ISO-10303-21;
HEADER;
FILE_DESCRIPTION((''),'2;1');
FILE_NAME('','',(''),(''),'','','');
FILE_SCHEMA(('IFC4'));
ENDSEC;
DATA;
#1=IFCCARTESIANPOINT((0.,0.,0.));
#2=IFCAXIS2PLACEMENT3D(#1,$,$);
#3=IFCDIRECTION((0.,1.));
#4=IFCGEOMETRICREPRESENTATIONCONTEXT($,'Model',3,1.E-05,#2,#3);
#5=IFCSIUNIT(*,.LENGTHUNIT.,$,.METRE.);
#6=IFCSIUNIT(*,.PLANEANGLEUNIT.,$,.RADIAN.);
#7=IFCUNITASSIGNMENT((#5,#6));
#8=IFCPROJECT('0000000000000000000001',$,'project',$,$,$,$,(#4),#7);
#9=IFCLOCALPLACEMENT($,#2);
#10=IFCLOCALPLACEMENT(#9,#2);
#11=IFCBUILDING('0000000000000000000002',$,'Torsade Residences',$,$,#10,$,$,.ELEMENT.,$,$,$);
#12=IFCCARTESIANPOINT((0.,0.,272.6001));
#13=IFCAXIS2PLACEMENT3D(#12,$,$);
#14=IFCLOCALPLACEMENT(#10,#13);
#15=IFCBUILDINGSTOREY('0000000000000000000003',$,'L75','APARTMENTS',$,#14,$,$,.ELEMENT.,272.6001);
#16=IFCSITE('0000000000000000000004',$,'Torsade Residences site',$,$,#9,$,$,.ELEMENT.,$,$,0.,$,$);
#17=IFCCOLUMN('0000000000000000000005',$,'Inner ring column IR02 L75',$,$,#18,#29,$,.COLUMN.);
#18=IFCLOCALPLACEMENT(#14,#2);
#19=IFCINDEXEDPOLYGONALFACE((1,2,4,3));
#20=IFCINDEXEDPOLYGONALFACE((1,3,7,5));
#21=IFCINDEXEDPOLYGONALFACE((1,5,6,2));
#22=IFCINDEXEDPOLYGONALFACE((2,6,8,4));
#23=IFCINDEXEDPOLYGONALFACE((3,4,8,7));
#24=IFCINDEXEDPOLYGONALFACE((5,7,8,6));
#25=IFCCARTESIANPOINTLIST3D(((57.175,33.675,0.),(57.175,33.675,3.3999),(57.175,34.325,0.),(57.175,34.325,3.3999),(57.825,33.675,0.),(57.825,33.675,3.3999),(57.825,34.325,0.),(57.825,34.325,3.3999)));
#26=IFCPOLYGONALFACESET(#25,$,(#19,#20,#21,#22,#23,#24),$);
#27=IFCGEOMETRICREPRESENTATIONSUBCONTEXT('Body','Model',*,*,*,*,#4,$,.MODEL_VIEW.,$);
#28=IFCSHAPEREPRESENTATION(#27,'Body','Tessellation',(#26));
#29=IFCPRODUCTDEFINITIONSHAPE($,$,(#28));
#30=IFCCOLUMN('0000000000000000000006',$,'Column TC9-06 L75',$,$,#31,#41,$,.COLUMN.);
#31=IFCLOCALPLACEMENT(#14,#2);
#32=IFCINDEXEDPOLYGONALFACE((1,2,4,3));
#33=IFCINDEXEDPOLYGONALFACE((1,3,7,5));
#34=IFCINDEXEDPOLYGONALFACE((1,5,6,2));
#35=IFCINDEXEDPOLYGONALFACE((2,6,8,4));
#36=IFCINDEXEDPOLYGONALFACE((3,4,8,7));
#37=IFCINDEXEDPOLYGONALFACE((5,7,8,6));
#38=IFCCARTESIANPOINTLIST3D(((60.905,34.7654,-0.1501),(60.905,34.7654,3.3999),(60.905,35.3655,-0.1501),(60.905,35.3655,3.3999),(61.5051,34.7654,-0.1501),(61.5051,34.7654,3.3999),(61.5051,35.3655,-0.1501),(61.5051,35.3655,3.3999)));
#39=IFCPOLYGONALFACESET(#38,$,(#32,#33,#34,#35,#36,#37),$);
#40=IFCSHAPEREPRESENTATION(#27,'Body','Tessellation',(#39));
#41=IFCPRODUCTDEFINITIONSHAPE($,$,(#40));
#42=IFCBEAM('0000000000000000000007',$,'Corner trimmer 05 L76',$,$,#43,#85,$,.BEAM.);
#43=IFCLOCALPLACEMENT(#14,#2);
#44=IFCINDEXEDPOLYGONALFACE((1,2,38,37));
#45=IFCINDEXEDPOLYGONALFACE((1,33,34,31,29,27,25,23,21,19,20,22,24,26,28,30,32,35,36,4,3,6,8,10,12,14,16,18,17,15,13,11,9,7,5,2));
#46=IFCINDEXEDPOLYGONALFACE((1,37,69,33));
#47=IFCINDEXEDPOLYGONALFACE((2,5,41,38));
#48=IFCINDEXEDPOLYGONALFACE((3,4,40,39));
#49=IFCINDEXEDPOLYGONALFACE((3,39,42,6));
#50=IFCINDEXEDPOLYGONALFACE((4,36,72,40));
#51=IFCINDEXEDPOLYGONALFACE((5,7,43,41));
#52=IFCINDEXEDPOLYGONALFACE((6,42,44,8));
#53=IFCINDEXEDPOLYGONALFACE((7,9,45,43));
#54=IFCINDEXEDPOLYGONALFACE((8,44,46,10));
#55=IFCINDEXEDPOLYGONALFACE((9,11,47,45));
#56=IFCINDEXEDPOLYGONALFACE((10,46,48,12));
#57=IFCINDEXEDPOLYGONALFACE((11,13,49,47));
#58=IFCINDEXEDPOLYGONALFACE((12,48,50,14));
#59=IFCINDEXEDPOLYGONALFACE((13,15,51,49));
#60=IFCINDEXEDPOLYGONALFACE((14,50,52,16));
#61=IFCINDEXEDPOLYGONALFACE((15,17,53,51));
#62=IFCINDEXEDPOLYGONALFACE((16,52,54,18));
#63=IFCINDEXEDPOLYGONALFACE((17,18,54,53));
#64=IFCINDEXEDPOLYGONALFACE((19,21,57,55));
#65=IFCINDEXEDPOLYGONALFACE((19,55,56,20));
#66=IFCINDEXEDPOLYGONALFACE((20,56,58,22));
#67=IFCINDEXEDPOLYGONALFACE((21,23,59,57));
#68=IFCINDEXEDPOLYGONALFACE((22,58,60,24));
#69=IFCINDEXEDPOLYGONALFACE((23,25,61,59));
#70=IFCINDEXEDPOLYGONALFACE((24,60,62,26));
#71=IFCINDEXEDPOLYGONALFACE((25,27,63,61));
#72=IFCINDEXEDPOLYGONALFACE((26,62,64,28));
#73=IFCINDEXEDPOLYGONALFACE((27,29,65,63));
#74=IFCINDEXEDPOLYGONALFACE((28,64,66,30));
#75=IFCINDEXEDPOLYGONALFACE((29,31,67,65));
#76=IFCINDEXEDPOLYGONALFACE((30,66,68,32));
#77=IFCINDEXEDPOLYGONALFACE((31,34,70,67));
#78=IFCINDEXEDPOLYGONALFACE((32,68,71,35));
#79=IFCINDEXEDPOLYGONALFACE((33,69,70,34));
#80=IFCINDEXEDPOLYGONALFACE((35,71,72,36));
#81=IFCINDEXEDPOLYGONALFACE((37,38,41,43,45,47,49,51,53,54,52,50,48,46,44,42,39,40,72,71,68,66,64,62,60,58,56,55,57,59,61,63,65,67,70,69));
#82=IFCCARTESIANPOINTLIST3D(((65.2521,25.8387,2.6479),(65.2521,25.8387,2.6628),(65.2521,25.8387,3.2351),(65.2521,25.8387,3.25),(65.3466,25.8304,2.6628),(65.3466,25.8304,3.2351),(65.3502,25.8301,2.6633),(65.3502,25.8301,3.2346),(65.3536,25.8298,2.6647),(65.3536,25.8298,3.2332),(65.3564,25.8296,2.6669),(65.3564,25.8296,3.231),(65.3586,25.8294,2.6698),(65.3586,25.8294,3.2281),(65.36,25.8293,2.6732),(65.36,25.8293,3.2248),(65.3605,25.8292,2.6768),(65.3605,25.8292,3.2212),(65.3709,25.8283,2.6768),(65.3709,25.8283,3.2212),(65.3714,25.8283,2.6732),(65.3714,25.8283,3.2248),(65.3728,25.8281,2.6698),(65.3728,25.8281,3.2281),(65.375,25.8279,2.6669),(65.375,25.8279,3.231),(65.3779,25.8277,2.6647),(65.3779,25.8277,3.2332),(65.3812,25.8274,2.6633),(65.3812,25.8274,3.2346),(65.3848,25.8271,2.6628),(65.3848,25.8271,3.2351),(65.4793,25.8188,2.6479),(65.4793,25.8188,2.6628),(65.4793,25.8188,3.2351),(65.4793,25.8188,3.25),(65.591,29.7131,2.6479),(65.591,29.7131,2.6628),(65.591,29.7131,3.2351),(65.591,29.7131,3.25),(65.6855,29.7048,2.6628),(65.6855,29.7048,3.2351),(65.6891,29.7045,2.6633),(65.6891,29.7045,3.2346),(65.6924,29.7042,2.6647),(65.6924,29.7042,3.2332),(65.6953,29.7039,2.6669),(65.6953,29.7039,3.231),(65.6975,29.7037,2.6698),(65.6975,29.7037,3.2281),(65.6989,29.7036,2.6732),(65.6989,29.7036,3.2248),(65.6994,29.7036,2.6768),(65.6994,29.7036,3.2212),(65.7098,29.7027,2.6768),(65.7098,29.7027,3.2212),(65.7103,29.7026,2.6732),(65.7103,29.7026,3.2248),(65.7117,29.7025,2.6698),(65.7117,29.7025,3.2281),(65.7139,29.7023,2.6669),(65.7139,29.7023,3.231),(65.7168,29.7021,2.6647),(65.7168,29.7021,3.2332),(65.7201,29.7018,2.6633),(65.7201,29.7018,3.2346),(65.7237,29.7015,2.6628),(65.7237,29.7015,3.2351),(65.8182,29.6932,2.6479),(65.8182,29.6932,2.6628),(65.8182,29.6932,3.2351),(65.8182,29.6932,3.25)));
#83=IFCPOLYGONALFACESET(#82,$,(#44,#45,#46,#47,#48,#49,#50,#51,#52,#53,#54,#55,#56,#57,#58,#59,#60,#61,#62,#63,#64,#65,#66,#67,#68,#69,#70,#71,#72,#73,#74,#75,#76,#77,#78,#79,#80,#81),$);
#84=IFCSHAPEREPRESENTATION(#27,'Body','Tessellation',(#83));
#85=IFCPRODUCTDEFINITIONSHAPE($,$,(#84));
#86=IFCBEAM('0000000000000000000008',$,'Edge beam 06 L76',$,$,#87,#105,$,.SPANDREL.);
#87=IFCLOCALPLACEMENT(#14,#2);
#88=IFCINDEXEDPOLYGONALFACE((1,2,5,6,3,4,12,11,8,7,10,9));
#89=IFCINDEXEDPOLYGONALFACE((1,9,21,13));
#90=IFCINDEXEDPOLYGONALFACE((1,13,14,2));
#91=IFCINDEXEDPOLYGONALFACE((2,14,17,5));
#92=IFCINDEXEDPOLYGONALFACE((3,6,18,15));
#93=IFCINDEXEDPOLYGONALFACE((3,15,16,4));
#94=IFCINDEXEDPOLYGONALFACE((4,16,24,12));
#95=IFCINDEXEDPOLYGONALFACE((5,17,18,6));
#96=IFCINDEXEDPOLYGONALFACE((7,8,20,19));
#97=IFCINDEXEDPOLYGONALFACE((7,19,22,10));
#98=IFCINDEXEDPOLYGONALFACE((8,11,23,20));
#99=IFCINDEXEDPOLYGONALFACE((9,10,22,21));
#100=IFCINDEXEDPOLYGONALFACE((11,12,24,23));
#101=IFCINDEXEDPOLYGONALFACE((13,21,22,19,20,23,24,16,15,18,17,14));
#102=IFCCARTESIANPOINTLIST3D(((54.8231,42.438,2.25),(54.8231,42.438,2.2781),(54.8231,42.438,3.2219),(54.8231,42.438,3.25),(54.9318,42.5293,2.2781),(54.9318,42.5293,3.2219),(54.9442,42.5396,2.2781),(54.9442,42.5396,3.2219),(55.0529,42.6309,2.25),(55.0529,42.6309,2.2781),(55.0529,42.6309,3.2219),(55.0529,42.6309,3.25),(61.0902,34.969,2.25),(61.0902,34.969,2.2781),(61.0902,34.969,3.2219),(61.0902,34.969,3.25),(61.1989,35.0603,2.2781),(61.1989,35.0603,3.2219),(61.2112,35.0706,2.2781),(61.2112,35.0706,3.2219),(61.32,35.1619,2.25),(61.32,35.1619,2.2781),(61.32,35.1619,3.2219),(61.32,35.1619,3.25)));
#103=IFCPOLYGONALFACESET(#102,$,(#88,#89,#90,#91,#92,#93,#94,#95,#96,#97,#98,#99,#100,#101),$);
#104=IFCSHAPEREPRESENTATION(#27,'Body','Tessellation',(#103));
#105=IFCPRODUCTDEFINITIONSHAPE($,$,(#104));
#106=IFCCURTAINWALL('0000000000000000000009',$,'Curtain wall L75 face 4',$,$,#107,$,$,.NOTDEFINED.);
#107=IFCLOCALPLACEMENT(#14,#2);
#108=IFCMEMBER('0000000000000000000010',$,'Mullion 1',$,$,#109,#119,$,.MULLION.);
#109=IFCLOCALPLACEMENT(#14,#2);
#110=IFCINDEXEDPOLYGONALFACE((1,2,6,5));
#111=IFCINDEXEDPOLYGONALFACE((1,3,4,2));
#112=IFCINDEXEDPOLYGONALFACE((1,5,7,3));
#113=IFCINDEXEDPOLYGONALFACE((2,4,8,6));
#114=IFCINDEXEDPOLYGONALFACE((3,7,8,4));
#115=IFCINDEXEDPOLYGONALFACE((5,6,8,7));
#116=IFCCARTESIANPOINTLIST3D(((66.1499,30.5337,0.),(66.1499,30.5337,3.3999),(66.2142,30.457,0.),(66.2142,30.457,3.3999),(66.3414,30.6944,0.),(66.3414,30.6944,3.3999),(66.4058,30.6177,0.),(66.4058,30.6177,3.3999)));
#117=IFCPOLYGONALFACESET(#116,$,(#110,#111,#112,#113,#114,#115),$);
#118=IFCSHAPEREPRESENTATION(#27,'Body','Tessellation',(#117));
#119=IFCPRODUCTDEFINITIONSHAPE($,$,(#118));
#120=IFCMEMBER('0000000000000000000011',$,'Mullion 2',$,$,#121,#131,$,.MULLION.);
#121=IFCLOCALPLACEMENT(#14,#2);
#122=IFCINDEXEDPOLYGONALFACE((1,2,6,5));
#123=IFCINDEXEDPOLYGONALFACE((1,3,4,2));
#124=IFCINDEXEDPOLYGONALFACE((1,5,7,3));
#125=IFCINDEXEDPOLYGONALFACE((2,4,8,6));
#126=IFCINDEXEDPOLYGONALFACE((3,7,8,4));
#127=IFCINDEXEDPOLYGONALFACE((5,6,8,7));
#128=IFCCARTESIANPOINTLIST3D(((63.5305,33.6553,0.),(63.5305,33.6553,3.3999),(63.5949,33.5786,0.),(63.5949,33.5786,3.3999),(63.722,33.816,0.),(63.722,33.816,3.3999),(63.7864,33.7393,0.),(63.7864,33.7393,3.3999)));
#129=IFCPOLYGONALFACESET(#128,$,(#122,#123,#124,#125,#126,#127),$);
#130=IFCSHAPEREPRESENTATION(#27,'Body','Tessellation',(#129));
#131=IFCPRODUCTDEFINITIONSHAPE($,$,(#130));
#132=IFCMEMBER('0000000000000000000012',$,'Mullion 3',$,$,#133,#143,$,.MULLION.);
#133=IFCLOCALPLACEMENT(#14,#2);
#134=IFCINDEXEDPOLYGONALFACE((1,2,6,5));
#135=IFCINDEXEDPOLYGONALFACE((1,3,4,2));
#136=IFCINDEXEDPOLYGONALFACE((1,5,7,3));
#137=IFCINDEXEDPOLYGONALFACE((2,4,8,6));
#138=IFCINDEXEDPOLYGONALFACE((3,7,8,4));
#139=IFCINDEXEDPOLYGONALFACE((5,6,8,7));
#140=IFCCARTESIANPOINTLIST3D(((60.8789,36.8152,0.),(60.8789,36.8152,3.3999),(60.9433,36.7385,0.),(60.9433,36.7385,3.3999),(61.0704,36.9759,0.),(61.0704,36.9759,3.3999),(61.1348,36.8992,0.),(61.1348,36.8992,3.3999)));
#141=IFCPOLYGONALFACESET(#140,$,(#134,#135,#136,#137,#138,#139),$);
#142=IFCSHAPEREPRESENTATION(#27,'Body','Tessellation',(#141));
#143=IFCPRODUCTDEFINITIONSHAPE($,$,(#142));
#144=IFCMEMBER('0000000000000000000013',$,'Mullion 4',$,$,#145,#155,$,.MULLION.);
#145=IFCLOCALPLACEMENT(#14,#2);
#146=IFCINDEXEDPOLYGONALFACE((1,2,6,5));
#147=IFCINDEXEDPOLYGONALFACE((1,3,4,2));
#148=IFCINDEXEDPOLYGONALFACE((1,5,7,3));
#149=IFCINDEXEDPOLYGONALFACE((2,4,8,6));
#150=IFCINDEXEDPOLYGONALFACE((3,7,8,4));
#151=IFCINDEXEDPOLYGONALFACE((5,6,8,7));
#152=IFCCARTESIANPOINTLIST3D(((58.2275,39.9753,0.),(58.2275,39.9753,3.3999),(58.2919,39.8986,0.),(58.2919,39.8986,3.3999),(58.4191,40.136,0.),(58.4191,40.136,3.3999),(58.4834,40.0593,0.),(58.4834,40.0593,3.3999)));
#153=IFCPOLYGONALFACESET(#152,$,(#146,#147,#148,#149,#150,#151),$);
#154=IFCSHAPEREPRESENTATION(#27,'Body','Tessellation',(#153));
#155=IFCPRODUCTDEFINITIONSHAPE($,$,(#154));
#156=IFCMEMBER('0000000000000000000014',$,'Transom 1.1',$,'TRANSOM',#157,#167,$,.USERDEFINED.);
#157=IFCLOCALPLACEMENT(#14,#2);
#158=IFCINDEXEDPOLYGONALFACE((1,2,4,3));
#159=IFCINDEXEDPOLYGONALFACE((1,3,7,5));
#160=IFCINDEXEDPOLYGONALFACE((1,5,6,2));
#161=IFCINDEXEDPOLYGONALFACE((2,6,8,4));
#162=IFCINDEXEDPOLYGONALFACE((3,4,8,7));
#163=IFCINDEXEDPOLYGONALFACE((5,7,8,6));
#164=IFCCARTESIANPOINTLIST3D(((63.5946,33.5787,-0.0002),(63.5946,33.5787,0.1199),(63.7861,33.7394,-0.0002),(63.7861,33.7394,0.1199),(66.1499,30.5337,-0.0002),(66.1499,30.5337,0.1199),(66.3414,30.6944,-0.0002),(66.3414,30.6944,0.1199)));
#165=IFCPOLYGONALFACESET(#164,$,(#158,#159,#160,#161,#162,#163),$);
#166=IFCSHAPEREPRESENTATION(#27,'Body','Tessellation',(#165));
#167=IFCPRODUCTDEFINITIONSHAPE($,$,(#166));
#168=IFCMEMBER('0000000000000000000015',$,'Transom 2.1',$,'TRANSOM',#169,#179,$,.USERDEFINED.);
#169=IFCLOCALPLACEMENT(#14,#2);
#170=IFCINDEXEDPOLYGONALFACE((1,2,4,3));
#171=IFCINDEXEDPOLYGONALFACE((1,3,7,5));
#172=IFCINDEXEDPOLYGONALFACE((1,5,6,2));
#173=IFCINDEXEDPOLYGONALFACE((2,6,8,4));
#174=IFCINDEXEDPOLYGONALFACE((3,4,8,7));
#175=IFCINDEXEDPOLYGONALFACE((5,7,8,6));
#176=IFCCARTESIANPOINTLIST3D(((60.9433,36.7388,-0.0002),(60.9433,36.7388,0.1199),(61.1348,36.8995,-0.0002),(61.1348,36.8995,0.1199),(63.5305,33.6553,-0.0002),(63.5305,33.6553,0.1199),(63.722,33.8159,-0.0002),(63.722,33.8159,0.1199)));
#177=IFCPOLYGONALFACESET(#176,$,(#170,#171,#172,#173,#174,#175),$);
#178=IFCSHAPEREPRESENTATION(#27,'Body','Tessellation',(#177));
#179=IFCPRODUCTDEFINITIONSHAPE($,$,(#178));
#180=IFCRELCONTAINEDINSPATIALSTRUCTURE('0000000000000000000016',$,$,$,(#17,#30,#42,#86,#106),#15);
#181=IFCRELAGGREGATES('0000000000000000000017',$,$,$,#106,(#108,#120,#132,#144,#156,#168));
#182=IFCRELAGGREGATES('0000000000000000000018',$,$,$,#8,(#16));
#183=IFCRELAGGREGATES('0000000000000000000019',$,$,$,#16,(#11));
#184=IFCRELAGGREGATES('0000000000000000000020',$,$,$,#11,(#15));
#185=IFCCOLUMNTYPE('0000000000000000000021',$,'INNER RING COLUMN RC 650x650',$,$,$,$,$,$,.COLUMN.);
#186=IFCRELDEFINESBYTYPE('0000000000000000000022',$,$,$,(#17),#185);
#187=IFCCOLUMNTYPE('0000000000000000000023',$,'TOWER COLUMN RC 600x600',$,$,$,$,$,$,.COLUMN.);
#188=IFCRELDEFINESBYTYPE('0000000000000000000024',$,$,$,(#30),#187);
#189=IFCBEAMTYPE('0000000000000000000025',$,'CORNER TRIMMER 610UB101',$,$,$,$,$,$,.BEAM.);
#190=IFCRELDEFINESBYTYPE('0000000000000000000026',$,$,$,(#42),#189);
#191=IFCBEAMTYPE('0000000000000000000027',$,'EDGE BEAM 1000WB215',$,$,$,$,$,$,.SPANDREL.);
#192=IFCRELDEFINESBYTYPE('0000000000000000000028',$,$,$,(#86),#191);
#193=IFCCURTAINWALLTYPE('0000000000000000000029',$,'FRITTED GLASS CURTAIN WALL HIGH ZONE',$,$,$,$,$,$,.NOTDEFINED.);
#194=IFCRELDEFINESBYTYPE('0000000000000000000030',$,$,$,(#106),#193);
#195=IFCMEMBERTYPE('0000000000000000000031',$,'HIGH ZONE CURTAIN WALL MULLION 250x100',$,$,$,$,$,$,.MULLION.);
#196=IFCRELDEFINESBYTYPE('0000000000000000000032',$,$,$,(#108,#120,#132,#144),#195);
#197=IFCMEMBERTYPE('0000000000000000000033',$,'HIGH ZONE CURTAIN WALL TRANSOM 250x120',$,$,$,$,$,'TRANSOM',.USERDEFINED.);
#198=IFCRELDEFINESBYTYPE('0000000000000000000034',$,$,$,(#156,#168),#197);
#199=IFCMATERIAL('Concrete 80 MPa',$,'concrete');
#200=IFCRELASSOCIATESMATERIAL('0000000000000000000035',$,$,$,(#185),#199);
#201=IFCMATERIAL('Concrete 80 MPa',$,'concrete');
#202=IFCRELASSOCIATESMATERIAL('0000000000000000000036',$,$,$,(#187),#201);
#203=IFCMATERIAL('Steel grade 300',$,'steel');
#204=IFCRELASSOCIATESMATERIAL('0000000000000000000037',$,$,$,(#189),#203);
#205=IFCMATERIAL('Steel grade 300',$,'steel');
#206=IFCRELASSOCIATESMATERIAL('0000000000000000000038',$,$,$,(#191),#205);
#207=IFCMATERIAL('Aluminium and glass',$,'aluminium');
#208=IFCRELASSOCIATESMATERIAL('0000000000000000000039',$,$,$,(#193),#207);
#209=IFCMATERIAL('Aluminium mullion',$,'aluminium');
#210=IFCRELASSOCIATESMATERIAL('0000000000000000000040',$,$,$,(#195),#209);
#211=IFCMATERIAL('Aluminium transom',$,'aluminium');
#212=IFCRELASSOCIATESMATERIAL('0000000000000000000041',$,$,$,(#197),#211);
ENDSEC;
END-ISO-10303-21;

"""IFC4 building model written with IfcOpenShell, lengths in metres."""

from ifc_helpers import new_model, si_unit, direction, frame, origin, origin_2d, place, context, subcontext, project, spatial, rectangle, i_section, extrude, material, material_profile, profile_set, type_object, element, aggregate, save


model = new_model("IFC4")

# Units and contexts
model_context = context("Model", 3, precision=1e-05, world=origin(), true_north=direction((0.0, 1.0)))
body_context = subcontext(model_context, "Body", "Model", "MODEL_VIEW")
ifc_project = project(units=[si_unit("LENGTHUNIT", "METRE"), si_unit("PLANEANGLEUNIT", "RADIAN")], contexts=[model_context])

# Site, building, storey
site_placement = place(None, origin())
site = spatial("IfcSite", under=ifc_project, at=site_placement, Name="Torsade Residences site", CompositionType="ELEMENT", RefElevation=0.0)
building_placement = place(site_placement, origin())
building = spatial("IfcBuilding", under=site, at=building_placement, Name="Torsade Residences", CompositionType="ELEMENT")
storey_placement = place(building_placement, frame((0.0, 0.0, 272.6001)))
storey = spatial("IfcBuildingStorey", under=building, at=storey_placement, Name="L75", Description="APARTMENTS", CompositionType="ELEMENT", Elevation=272.6001)

# Columns
ifc_material_1 = material(Name="Concrete 80 MPa", Category="concrete")
ifc_material_profile_1 = material_profile(ifc_material_1, rectangle(XDim=0.6499, YDim=0.6499, at=origin_2d()), Name="RC 650x650")
ifc_profile_set_1 = profile_set([ifc_material_profile_1], Name="Concrete 80 MPa")
column_type_1 = type_object("IfcColumnType", Name="INNER RING COLUMN RC 650x650", PredefinedType="COLUMN", material=ifc_profile_set_1)
column_1_placement = place(storey_placement, frame((57.5, 34.0, 0.0), z_axis=(0.0, 0.0, 1.0), x_axis=(1.0, 0.0, 0.0)))
element("IfcColumn", 1, at=column_1_placement, inside=storey, type_object=column_type_1, Name="Inner ring column IR02 L75", PredefinedType="COLUMN", context=body_context, shape_type="SweptSolid", body=[
    extrude(rectangle(XDim=0.6499, YDim=0.6499, at=origin_2d()), origin(), (0.0, 0.0, 1.0), 3.3999),
])
ifc_material_2 = material(Name="Concrete 80 MPa", Category="concrete")
ifc_material_profile_2 = material_profile(ifc_material_2, rectangle(XDim=0.6001, YDim=0.6001, at=origin_2d()), Name="RC 600x600")
ifc_profile_set_2 = profile_set([ifc_material_profile_2], Name="Concrete 80 MPa")
column_type_2 = type_object("IfcColumnType", Name="TOWER COLUMN RC 600x600", PredefinedType="COLUMN", material=ifc_profile_set_2)
column_2_placement = place(storey_placement, frame((61.2051, 35.0654, -0.1501), z_axis=(0.0, 0.0, 1.0), x_axis=(1.0, 0.0, 0.0)))
element("IfcColumn", 2, at=column_2_placement, inside=storey, type_object=column_type_2, Name="Column TC9-06 L75", PredefinedType="COLUMN", context=body_context, shape_type="SweptSolid", body=[
    extrude(rectangle(XDim=0.6001, YDim=0.6001, at=origin_2d()), origin(), (0.0, 0.0, 1.0), 3.55),
])

# Beams
ifc_material_3 = material(Name="Steel grade 300", Category="steel")
ifc_material_profile_3 = material_profile(ifc_material_3, i_section(OverallWidth=0.228, OverallDepth=0.6021, WebThickness=0.0105, FlangeThickness=0.0149, FilletRadius=0.0139, at=origin_2d()), Name="610UB101")
ifc_profile_set_3 = profile_set([ifc_material_profile_3], Name="Steel grade 300")
beam_type_1 = type_object("IfcBeamType", Name="CORNER TRIMMER 610UB101", PredefinedType="BEAM", material=ifc_profile_set_3)
beam_1_placement = place(storey_placement, frame((65.7046, 29.7031, 2.949), z_axis=(-0.087133, -0.996197, 0.0), x_axis=(0.996197, -0.087133, 0.0)))
element("IfcBeam", 3, at=beam_1_placement, inside=storey, type_object=beam_type_1, Name="Corner trimmer 05 L76", PredefinedType="BEAM", context=body_context, shape_type="SweptSolid", body=[
    extrude(i_section(OverallWidth=0.228, OverallDepth=0.6021, WebThickness=0.0105, FlangeThickness=0.0149, FilletRadius=0.0139, at=origin_2d()), origin(), (0.0, 0.0, 1.0), 3.8892),
])
ifc_material_4 = material(Name="Steel grade 300", Category="steel")
ifc_material_profile_4 = material_profile(ifc_material_4, i_section(OverallWidth=0.3, OverallDepth=1.0, WebThickness=0.0161, FlangeThickness=0.0281, at=origin_2d()), Name="1000WB215")
ifc_profile_set_4 = profile_set([ifc_material_profile_4], Name="Steel grade 300")
beam_type_2 = type_object("IfcBeamType", Name="EDGE BEAM 1000WB215", PredefinedType="SPANDREL", material=ifc_profile_set_4)
beam_2_placement = place(storey_placement, frame((61.2051, 35.0654, 2.75), z_axis=(-0.642779, 0.766052, 0.0), x_axis=(-0.766052, -0.642779, 0.0)))
element("IfcBeam", 4, at=beam_2_placement, inside=storey, type_object=beam_type_2, Name="Edge beam 06 L76", PredefinedType="SPANDREL", context=body_context, shape_type="SweptSolid", body=[
    extrude(i_section(OverallWidth=0.3, OverallDepth=1.0, WebThickness=0.0161, FlangeThickness=0.0281, at=origin_2d()), origin(), (0.0, 0.0, 1.0), 9.75),
])

# Curtain wall, members
ifc_material_5 = material(Name="Aluminium and glass", Category="aluminium")
curtain_wall_type = type_object("IfcCurtainWallType", Name="FRITTED GLASS CURTAIN WALL HIGH ZONE", PredefinedType="NOTDEFINED", material=ifc_material_5)
curtain_wall_placement = place(storey_placement, origin())
curtain_wall = element("IfcCurtainWall", 5, at=curtain_wall_placement, inside=storey, type_object=curtain_wall_type, Name="Curtain wall L75 face 4", PredefinedType="NOTDEFINED")
ifc_material_6 = material(Name="Aluminium mullion", Category="aluminium")
ifc_material_profile_5 = material_profile(ifc_material_6, rectangle(XDim=0.25, YDim=0.1001, at=origin_2d()), Name="HIGH ZONE CURTAIN WALL MULLION 250x100")
ifc_profile_set_5 = profile_set([ifc_material_profile_5], Name="Aluminium mullion")
member_type_1 = type_object("IfcMemberType", Name="HIGH ZONE CURTAIN WALL MULLION 250x100", PredefinedType="MULLION", material=ifc_profile_set_5)
member_1_placement = place(storey_placement, frame((66.2778, 30.5757, 0.0), z_axis=(0.0, 0.0, 1.0), x_axis=(-0.766044, -0.642788, 0.0)))
member_1 = element("IfcMember", 6, at=member_1_placement, type_object=member_type_1, Name="Mullion 1", PredefinedType="MULLION", context=body_context, shape_type="SweptSolid", body=[
    extrude(rectangle(XDim=0.25, YDim=0.1001, at=origin_2d()), origin(), (0.0, 0.0, 1.0), 3.3999),
])
member_2_placement = place(storey_placement, frame((63.6584, 33.6973, 0.0), z_axis=(0.0, 0.0, 1.0), x_axis=(-0.766044, -0.642788, 0.0)))
member_2 = element("IfcMember", 7, at=member_2_placement, type_object=member_type_1, Name="Mullion 2", PredefinedType="MULLION", context=body_context, shape_type="SweptSolid", body=[
    extrude(rectangle(XDim=0.25, YDim=0.1001, at=origin_2d()), origin(), (0.0, 0.0, 1.0), 3.3999),
])
member_3_placement = place(storey_placement, frame((61.0068, 36.8572, 0.0), z_axis=(0.0, 0.0, 1.0), x_axis=(-0.766044, -0.642788, 0.0)))
member_3 = element("IfcMember", 8, at=member_3_placement, type_object=member_type_1, Name="Mullion 3", PredefinedType="MULLION", context=body_context, shape_type="SweptSolid", body=[
    extrude(rectangle(XDim=0.25, YDim=0.1001, at=origin_2d()), origin(), (0.0, 0.0, 1.0), 3.3999),
])
member_4_placement = place(storey_placement, frame((58.3555, 40.0173, 0.0), z_axis=(0.0, 0.0, 1.0), x_axis=(-0.766044, -0.642788, 0.0)))
member_4 = element("IfcMember", 9, at=member_4_placement, type_object=member_type_1, Name="Mullion 4", PredefinedType="MULLION", context=body_context, shape_type="SweptSolid", body=[
    extrude(rectangle(XDim=0.25, YDim=0.1001, at=origin_2d()), origin(), (0.0, 0.0, 1.0), 3.3999),
])
ifc_material_7 = material(Name="Aluminium transom", Category="aluminium")
ifc_material_profile_6 = material_profile(ifc_material_7, rectangle(XDim=0.25, YDim=0.1201, at=origin_2d()), Name="HIGH ZONE CURTAIN WALL TRANSOM 250x120")
ifc_profile_set_6 = profile_set([ifc_material_profile_6], Name="Aluminium transom")
member_type_2 = type_object("IfcMemberType", Name="HIGH ZONE CURTAIN WALL TRANSOM 250x120", ElementType="TRANSOM", PredefinedType="USERDEFINED", material=ifc_profile_set_6)
member_5_placement = place(storey_placement, frame((66.2456, 30.614, 0.0598), z_axis=(-0.642815, 0.766022, 0.0), x_axis=(-0.766022, -0.642815, 0.0)))
member_5 = element("IfcMember", 10, at=member_5_placement, type_object=member_type_2, Name="Transom 1.1", ObjectType="TRANSOM", PredefinedType="USERDEFINED", context=body_context, shape_type="SweptSolid", body=[
    extrude(rectangle(XDim=0.25, YDim=0.1201, at=origin_2d()), origin(), (0.0, 0.0, 1.0), 3.9751),
])
member_6_placement = place(storey_placement, frame((63.6262, 33.7356, 0.0598), z_axis=(-0.642758, 0.766069, 0.0), x_axis=(-0.766069, -0.642758, 0.0)))
member_6 = element("IfcMember", 11, at=member_6_placement, type_object=member_type_2, Name="Transom 2.1", ObjectType="TRANSOM", PredefinedType="USERDEFINED", context=body_context, shape_type="SweptSolid", body=[
    extrude(rectangle(XDim=0.25, YDim=0.1201, at=origin_2d()), origin(), (0.0, 0.0, 1.0), 4.0251),
])

aggregate(curtain_wall, [member_1, member_2, member_3, member_4, member_5, member_6])

save(model, "model.ifc")
